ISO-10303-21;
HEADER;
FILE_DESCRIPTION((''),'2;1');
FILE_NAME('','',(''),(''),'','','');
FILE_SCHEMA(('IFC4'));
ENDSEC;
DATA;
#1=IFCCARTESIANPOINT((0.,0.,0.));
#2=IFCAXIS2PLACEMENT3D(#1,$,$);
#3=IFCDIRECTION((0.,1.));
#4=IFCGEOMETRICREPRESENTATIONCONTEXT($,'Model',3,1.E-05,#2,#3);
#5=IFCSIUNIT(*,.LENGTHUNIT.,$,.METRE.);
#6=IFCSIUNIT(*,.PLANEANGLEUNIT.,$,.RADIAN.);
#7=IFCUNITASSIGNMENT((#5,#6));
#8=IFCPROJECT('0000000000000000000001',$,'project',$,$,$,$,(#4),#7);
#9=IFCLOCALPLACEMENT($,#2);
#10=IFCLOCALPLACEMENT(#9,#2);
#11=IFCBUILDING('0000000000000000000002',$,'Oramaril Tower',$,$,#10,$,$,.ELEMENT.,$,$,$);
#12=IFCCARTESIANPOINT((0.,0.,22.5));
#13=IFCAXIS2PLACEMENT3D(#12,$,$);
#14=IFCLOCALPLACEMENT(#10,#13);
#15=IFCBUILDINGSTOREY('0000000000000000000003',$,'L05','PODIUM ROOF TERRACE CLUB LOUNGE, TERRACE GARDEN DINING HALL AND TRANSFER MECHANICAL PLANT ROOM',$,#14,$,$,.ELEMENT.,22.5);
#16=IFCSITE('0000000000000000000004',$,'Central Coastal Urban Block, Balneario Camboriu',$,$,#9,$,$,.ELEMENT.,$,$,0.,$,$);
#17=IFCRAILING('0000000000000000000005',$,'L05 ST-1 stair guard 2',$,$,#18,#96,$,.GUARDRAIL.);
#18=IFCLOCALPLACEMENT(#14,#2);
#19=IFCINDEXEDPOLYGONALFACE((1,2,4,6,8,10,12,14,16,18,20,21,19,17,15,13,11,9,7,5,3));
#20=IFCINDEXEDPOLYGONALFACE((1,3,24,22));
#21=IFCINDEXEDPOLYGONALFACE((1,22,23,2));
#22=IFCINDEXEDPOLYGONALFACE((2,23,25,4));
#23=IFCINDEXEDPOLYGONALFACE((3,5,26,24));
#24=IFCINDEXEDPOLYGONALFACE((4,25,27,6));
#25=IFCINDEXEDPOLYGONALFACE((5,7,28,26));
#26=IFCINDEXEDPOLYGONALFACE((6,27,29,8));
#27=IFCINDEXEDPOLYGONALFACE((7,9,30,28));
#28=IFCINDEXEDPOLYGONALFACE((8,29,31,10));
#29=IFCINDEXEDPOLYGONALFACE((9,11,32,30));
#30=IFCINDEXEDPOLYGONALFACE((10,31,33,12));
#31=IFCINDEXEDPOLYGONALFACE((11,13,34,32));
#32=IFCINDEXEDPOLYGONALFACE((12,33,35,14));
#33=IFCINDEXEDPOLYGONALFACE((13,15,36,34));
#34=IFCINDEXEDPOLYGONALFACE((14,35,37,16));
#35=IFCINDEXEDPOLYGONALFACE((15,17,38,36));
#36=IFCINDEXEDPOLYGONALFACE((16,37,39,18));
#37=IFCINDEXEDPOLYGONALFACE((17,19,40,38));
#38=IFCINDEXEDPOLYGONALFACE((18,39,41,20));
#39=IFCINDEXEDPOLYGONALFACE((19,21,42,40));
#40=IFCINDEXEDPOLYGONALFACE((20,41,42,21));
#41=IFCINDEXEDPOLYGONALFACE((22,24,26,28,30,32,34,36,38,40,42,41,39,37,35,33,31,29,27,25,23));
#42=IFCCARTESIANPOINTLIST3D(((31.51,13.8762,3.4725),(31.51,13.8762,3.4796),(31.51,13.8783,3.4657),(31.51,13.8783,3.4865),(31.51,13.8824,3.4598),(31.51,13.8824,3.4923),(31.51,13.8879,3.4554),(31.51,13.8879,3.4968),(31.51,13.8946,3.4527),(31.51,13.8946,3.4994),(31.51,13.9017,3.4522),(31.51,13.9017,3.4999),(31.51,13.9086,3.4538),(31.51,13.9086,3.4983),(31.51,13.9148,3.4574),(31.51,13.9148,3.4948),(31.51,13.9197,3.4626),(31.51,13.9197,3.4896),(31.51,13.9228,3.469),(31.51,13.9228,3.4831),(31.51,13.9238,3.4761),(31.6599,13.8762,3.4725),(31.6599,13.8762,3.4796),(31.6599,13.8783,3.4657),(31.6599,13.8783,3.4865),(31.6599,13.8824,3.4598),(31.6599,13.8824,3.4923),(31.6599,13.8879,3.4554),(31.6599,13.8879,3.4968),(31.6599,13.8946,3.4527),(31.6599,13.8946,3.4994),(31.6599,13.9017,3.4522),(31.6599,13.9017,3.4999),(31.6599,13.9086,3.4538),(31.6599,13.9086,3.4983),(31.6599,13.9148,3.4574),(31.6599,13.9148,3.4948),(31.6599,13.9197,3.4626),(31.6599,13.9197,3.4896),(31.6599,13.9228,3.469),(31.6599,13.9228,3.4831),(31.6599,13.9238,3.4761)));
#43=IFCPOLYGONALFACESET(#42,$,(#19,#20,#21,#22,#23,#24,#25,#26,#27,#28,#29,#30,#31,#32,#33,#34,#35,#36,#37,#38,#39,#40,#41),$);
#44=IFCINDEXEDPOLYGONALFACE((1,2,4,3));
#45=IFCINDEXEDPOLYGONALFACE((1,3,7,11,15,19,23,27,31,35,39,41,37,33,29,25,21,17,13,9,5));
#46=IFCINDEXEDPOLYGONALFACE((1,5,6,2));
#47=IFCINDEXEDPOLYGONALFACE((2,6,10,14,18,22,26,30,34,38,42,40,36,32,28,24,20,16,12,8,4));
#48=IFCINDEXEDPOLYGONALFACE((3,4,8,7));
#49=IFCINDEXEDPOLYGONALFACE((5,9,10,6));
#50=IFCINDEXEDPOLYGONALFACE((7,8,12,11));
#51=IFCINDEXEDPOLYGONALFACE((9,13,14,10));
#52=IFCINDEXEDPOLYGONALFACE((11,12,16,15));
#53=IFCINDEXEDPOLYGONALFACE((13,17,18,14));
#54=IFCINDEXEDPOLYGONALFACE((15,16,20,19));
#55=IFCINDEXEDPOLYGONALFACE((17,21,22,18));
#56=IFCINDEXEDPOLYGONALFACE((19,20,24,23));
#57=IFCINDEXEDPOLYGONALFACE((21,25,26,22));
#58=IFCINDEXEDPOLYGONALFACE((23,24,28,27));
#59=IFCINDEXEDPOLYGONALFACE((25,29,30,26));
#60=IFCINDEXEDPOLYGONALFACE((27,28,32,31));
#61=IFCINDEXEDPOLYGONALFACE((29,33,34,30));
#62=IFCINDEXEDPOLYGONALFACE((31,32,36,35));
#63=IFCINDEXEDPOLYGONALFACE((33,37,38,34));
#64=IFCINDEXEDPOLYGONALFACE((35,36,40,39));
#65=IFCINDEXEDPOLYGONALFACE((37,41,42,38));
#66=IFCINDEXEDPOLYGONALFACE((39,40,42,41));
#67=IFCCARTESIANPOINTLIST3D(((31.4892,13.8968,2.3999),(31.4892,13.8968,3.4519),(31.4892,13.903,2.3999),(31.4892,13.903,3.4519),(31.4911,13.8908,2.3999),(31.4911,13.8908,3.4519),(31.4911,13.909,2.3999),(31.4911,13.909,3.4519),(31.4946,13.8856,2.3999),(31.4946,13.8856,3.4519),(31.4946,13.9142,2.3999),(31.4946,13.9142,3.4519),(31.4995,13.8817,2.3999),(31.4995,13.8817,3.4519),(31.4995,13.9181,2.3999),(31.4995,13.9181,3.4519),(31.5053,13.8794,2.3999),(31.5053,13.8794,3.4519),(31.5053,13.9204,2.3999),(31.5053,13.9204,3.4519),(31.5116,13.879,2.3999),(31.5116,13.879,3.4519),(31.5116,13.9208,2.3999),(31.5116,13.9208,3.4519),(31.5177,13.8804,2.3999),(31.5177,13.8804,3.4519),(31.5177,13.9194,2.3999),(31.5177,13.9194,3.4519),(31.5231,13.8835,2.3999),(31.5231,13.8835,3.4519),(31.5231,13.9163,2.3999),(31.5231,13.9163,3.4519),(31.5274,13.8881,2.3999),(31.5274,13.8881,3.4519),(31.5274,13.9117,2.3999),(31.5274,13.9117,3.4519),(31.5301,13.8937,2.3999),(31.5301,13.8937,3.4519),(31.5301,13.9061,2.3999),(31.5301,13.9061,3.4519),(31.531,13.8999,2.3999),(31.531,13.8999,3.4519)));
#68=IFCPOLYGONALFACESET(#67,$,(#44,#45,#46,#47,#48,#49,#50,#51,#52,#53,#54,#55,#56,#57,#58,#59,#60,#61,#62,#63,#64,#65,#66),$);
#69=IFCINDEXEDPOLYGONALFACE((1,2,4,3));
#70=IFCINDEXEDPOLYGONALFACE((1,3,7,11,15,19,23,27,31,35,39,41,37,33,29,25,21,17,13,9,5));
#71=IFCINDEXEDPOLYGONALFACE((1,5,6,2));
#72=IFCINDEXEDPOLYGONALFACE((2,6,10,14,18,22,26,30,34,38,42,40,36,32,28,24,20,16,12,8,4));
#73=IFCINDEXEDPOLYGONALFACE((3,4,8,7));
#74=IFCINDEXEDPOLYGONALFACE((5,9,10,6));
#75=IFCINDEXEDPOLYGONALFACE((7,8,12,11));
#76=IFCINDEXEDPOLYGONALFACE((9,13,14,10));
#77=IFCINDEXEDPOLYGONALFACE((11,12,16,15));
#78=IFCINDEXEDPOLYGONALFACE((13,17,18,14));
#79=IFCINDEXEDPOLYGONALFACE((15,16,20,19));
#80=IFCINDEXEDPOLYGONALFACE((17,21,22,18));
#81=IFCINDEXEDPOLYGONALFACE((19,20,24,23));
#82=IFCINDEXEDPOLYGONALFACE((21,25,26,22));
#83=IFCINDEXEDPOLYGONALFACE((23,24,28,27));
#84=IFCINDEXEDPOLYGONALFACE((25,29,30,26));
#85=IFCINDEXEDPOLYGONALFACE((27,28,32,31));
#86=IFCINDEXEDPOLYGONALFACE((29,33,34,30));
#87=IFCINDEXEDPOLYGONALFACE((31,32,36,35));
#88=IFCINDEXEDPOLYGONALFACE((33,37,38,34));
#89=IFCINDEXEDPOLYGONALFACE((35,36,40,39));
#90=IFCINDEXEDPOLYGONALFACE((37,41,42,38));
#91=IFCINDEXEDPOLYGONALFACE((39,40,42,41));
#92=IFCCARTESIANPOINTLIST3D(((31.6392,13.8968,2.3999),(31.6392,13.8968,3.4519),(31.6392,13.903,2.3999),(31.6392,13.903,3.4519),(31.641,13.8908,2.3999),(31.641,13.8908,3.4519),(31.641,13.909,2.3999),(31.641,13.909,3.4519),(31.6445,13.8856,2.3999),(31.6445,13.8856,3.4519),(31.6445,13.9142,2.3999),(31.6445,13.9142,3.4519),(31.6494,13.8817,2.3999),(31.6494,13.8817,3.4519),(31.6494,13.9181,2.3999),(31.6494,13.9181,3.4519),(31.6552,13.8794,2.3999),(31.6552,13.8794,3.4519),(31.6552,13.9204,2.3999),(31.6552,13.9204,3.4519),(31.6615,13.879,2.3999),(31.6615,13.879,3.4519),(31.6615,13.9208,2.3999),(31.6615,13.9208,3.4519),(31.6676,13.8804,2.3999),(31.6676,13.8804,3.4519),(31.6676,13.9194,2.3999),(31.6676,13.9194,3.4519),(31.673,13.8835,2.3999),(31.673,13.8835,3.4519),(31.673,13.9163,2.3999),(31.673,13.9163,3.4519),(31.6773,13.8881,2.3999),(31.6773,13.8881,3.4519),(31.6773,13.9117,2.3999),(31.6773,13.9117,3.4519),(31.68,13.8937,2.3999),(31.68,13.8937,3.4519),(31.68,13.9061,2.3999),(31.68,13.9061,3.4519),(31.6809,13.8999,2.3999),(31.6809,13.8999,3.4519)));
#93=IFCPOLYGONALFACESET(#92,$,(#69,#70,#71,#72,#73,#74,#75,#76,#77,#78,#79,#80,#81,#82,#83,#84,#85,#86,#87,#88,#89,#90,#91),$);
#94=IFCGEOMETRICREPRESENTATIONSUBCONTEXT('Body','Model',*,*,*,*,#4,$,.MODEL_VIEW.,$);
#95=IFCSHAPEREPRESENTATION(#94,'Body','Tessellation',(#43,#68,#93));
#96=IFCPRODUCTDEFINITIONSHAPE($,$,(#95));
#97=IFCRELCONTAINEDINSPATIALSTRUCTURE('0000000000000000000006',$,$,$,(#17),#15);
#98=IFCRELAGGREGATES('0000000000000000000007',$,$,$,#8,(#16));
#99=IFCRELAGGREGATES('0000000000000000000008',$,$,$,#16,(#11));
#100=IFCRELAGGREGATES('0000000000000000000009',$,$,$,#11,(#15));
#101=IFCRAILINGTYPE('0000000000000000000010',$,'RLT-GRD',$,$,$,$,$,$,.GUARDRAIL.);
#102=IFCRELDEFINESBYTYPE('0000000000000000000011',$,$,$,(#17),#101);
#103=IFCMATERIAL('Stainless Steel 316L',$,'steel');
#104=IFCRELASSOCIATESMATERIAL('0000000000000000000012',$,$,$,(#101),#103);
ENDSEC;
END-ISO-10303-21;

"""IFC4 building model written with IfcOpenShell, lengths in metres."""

from ifc_helpers import new_model, si_unit, direction, frame, origin, origin_2d, place, context, subcontext, project, spatial, circle, extrude, material, type_object, element, save


model = new_model("IFC4")

# Units and contexts
model_context = context("Model", 3, precision=1e-05, world=origin(), true_north=direction((0.0, 1.0)))
body_context = subcontext(model_context, "Body", "Model", "MODEL_VIEW")
ifc_project = project(units=[si_unit("LENGTHUNIT", "METRE"), si_unit("PLANEANGLEUNIT", "RADIAN")], contexts=[model_context])

# Site, building, storey
site_placement = place(None, origin())
site = spatial("IfcSite", under=ifc_project, at=site_placement, Name="Central Coastal Urban Block, Balneario Camboriu", CompositionType="ELEMENT", RefElevation=0.0)
building_placement = place(site_placement, origin())
building = spatial("IfcBuilding", under=site, at=building_placement, Name="Oramaril Tower", CompositionType="ELEMENT")
storey_placement = place(building_placement, frame((0.0, 0.0, 22.5)))
storey = spatial("IfcBuildingStorey", under=building, at=storey_placement, Name="L05", Description="PODIUM ROOF TERRACE CLUB LOUNGE, TERRACE GARDEN DINING HALL AND TRANSFER MECHANICAL PLANT ROOM", CompositionType="ELEMENT", Elevation=22.5)

# Railing
ifc_material_1 = material(Name="Stainless Steel 316L", Category="steel")
railing_type_1 = type_object("IfcRailingType", Name="RLT-GRD", PredefinedType="GUARDRAIL", material=ifc_material_1)
railing_1_placement = place(storey_placement, frame((31.51, 13.8999, 2.3999)))
element("IfcRailing", 1, at=railing_1_placement, inside=storey, type_object=railing_type_1, Name="L05 ST-1 stair guard 2", PredefinedType="GUARDRAIL", context=body_context, shape_type="SweptSolid", body=[
    extrude(circle(Radius=0.0239, at=origin_2d()), frame((0.0, 0.0, 1.0762), z_axis=(1.0, 0.0, 0.0), x_axis=(0.0, 1.0, 0.0)), (0.0, 0.0, 1.0), 0.1499),
    extrude(circle(Radius=0.021, at=origin_2d()), origin(), (0.0, 0.0, 1.0), 1.052),
    extrude(circle(Radius=0.021, at=origin_2d()), frame((0.1499, 0.0, 0.0)), (0.0, 0.0, 1.0), 1.052),
])

save(model, "model.ifc")
